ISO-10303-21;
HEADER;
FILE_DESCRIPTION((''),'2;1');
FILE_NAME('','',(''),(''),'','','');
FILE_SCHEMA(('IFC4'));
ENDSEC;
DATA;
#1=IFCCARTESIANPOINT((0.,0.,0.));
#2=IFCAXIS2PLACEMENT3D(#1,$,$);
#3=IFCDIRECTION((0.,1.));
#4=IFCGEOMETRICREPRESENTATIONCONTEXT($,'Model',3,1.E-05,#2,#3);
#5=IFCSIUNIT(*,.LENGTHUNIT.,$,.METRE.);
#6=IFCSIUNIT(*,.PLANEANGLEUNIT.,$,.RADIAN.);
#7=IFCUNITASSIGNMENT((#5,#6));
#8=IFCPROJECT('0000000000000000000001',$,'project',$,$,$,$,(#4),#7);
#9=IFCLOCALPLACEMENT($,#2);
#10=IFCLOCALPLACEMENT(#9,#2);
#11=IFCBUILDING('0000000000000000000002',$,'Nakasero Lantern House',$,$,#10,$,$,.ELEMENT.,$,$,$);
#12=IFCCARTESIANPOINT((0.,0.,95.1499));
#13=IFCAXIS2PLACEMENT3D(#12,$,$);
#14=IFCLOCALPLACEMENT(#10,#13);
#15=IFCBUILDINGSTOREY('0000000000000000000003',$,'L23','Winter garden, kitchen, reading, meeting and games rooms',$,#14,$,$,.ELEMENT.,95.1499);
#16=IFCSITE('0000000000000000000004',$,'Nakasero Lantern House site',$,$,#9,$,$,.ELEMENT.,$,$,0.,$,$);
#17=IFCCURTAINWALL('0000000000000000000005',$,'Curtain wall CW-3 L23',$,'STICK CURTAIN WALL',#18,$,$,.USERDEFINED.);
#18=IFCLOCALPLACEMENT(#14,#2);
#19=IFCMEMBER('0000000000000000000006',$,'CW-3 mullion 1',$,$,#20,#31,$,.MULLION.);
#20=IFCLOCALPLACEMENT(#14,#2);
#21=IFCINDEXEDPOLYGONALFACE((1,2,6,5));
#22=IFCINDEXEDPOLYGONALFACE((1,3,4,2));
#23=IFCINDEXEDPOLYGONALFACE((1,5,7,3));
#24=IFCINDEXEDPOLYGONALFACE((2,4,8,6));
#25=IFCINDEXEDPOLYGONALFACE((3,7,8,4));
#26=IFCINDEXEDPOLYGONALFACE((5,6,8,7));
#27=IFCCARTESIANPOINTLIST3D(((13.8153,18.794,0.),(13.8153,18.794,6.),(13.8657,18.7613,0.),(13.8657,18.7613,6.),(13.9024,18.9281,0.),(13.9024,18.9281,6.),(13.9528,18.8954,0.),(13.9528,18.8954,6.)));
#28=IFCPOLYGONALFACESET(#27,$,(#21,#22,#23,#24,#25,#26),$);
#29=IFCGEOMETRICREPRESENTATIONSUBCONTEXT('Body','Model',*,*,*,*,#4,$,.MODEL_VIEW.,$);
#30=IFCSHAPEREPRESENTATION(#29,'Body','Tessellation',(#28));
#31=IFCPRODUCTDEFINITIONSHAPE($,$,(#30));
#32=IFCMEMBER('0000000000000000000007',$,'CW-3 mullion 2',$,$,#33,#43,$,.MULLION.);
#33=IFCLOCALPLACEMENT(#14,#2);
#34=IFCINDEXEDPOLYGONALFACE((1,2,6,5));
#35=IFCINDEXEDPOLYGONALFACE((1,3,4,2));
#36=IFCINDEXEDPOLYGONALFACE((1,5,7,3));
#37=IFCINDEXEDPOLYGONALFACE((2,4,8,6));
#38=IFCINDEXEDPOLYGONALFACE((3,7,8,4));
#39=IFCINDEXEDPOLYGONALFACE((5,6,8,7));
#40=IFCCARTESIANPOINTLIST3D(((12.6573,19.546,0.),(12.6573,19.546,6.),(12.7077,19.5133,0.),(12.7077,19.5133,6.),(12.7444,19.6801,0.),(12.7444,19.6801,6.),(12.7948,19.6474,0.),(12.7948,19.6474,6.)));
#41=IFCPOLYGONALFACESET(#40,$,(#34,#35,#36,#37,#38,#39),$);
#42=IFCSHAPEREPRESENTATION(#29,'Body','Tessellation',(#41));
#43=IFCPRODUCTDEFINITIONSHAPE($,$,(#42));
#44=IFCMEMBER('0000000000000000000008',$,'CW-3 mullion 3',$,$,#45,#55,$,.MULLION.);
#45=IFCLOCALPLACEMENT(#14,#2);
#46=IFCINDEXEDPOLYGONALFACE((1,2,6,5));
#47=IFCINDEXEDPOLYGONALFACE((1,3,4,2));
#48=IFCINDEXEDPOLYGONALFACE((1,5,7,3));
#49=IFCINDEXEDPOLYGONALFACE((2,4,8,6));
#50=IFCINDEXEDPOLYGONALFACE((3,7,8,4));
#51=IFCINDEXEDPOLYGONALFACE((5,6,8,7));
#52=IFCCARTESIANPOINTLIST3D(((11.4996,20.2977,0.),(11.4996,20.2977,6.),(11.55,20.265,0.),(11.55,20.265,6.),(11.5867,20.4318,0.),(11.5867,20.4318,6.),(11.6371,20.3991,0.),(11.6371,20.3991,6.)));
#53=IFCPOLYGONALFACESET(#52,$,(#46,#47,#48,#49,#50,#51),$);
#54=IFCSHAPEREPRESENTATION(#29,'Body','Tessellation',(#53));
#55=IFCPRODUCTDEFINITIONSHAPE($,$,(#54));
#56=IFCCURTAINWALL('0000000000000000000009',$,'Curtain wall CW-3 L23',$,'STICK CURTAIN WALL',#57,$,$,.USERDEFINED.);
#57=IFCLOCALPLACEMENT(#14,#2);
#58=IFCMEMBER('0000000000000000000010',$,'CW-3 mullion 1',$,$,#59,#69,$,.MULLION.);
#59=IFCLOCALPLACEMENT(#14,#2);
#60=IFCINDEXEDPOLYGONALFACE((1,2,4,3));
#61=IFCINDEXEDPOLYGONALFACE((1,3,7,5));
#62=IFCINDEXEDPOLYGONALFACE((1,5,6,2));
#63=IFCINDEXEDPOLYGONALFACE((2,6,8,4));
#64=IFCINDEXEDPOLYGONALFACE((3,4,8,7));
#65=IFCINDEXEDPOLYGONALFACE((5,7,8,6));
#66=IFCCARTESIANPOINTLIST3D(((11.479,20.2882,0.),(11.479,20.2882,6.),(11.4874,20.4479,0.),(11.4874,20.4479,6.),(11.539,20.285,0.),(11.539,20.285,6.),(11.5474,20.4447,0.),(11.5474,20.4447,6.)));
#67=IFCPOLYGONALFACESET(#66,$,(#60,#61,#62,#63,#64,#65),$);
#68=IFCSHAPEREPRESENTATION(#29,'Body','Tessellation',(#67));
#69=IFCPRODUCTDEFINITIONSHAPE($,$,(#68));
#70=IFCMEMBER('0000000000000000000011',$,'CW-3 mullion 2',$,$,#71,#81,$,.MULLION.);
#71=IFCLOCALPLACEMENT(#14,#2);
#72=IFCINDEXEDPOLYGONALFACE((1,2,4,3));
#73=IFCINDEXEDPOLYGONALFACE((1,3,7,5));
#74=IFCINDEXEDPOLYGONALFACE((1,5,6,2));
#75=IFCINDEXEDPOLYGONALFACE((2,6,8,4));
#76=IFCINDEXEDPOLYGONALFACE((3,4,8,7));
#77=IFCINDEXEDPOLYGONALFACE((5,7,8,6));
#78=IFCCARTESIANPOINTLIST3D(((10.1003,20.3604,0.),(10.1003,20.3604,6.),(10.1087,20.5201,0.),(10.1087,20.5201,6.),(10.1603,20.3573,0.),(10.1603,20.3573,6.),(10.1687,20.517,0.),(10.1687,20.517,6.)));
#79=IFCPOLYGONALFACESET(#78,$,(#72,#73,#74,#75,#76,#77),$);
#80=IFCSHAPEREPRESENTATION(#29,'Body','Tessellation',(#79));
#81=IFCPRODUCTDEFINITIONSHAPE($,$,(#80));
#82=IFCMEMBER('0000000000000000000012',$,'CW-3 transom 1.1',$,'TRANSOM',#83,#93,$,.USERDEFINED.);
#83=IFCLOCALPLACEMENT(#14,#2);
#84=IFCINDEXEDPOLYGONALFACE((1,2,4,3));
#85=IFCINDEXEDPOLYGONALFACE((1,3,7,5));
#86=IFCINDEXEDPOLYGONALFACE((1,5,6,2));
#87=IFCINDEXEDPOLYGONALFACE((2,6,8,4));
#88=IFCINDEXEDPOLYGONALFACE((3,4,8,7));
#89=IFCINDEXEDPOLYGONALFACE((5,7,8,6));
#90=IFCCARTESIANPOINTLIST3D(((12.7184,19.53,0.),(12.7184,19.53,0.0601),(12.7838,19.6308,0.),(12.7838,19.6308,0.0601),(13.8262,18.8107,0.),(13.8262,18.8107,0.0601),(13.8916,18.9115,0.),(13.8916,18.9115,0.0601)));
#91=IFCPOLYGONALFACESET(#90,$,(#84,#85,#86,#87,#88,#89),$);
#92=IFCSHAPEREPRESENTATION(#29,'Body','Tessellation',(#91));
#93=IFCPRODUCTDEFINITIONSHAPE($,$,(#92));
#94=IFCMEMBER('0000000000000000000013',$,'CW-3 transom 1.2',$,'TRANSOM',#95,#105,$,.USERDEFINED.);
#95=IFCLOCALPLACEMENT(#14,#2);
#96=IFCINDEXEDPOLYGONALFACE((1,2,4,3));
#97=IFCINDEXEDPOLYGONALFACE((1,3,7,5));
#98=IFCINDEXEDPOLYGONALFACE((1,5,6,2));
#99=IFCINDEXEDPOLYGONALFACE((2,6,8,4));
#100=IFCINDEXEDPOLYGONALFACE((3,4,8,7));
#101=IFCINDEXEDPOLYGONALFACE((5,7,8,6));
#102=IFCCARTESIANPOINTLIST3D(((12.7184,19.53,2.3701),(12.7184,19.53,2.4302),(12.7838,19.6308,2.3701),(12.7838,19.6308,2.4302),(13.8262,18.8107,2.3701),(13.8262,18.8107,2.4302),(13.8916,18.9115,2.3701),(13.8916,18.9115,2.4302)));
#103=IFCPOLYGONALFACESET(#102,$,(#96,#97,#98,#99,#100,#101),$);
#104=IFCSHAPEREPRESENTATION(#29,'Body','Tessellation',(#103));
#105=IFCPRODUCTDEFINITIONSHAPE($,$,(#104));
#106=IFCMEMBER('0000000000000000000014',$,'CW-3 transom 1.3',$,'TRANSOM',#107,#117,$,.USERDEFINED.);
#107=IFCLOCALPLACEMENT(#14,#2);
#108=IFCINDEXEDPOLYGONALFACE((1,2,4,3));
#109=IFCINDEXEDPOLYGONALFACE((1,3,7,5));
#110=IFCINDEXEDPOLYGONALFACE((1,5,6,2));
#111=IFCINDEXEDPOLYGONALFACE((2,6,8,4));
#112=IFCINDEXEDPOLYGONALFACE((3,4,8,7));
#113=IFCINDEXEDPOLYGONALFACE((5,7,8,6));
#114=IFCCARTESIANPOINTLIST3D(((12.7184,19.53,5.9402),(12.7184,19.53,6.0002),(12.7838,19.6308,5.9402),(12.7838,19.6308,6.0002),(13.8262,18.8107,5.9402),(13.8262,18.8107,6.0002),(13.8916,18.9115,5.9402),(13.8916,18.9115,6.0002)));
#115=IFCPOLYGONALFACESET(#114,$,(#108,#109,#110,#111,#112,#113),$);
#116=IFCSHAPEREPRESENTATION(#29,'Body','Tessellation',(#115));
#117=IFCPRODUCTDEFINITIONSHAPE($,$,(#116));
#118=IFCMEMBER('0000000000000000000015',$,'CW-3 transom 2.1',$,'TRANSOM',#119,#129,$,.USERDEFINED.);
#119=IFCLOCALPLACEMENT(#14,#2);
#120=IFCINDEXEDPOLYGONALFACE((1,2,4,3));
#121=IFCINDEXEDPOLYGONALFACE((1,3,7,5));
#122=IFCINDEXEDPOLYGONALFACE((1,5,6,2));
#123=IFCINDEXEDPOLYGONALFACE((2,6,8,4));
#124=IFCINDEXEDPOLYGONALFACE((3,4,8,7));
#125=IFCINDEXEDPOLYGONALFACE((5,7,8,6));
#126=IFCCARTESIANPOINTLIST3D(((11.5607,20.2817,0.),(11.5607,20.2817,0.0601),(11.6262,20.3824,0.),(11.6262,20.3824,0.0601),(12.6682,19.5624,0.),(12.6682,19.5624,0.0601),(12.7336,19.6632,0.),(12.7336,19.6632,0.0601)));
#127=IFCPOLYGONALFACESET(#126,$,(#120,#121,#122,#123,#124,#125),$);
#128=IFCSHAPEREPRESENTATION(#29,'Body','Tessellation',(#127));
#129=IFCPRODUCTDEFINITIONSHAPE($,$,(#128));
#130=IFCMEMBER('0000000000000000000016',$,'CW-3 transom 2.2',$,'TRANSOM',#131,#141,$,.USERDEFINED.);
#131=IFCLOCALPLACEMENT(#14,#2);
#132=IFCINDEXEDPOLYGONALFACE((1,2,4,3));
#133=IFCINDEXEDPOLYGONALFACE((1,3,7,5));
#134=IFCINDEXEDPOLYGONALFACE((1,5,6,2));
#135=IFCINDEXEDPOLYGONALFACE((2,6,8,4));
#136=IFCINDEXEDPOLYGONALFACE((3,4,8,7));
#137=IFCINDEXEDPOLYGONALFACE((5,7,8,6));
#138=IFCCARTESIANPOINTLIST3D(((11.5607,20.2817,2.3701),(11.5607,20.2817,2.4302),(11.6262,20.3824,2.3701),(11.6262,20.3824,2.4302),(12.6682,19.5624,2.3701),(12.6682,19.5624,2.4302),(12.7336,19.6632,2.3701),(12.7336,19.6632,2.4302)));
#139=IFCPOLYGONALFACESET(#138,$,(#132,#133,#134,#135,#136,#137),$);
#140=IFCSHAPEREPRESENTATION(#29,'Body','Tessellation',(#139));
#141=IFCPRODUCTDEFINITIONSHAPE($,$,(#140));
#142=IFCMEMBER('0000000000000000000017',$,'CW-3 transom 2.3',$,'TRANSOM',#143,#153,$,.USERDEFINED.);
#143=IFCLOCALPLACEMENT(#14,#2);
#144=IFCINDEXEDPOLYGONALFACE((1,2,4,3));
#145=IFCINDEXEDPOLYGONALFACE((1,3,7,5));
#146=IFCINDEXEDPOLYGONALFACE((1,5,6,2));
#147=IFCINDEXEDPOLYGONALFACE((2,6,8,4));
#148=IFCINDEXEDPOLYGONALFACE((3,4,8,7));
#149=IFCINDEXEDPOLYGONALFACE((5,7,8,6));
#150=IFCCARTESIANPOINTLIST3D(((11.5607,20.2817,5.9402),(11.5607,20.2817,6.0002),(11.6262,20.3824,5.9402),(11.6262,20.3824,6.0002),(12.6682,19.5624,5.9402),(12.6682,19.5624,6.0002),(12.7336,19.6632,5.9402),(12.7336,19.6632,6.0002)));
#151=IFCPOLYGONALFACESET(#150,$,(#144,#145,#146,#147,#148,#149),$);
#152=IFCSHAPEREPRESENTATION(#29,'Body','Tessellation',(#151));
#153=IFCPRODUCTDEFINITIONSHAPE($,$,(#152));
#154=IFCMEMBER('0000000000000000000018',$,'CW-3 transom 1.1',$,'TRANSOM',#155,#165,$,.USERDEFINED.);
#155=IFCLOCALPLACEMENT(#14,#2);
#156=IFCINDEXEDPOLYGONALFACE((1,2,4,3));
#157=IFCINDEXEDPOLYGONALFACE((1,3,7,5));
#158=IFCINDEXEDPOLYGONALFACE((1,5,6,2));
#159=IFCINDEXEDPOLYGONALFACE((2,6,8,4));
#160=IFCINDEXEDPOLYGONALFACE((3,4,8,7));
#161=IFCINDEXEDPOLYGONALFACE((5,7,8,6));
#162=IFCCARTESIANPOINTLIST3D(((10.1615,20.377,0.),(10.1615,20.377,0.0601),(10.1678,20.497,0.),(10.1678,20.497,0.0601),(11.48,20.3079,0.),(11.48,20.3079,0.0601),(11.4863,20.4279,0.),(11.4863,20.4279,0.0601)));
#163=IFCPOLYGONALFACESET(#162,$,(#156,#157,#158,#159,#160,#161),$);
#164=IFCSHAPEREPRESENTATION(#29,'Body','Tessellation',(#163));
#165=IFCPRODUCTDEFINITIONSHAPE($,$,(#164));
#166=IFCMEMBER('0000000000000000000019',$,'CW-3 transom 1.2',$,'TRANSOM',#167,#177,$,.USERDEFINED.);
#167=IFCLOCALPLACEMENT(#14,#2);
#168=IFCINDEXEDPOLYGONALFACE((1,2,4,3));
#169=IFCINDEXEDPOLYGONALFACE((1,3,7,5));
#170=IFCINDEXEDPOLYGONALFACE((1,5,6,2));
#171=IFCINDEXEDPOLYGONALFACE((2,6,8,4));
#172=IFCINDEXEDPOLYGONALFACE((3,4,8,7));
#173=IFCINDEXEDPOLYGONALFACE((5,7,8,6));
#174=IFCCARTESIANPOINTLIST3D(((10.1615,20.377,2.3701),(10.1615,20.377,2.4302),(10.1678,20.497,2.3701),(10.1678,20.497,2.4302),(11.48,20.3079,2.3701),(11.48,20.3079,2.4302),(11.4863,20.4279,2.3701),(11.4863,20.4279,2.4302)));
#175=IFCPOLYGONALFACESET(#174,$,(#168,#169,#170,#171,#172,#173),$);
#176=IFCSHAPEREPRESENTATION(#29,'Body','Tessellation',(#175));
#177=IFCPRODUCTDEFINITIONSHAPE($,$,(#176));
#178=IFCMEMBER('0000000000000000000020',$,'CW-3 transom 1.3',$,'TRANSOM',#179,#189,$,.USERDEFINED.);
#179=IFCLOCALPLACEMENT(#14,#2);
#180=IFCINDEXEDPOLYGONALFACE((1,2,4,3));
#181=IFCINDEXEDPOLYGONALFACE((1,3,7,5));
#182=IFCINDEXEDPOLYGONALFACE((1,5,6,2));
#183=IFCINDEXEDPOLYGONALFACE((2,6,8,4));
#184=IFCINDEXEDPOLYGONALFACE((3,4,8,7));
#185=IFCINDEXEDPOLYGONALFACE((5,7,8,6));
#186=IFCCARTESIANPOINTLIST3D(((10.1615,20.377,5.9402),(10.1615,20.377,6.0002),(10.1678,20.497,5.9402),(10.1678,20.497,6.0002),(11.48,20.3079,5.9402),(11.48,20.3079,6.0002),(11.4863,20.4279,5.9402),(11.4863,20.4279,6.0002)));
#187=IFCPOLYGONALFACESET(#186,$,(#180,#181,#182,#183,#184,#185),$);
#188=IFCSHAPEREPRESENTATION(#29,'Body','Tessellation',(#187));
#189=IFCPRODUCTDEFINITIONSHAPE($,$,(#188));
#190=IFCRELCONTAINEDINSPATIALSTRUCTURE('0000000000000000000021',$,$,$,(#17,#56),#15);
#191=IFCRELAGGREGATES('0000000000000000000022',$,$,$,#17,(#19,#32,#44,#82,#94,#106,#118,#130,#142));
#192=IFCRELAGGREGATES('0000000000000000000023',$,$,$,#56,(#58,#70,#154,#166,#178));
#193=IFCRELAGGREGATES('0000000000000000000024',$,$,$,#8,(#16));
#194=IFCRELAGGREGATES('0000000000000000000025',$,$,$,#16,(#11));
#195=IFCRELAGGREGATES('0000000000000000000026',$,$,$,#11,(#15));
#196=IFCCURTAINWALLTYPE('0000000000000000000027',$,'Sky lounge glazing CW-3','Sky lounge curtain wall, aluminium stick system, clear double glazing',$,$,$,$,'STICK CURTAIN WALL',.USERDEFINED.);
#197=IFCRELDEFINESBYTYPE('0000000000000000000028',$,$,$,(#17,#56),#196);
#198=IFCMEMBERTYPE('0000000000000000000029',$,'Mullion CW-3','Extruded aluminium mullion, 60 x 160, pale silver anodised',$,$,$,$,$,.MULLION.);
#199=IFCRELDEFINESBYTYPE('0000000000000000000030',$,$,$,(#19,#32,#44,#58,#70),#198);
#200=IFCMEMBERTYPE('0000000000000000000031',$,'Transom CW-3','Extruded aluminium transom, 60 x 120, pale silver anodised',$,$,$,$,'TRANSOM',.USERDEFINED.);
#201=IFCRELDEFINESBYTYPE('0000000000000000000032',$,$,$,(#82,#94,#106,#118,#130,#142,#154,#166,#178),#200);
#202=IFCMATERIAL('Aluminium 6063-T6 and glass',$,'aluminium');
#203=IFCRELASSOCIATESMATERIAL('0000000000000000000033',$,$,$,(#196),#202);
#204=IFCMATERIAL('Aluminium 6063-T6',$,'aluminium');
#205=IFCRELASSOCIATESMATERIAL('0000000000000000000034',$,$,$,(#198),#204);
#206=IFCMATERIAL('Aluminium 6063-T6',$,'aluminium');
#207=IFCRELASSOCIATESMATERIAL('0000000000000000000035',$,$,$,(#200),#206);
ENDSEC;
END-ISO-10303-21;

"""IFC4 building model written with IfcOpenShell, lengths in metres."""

from ifc_helpers import new_model, si_unit, direction, frame, origin, origin_2d, place, context, subcontext, project, spatial, rectangle, extrude, material, material_profile, profile_set, type_object, element, aggregate, save


model = new_model("IFC4")

# Units and contexts
model_context = context("Model", 3, precision=1e-05, world=origin(), true_north=direction((0.0, 1.0)))
body_context = subcontext(model_context, "Body", "Model", "MODEL_VIEW")
ifc_project = project(units=[si_unit("LENGTHUNIT", "METRE"), si_unit("PLANEANGLEUNIT", "RADIAN")], contexts=[model_context])

# Site, building, storey
site_placement = place(None, origin())
site = spatial("IfcSite", under=ifc_project, at=site_placement, Name="Nakasero Lantern House site", CompositionType="ELEMENT", RefElevation=0.0)
building_placement = place(site_placement, origin())
building = spatial("IfcBuilding", under=site, at=building_placement, Name="Nakasero Lantern House", CompositionType="ELEMENT")
storey_placement = place(building_placement, frame((0.0, 0.0, 95.1499)))
storey = spatial("IfcBuildingStorey", under=building, at=storey_placement, Name="L23", Description="Winter garden, kitchen, reading, meeting and games rooms", CompositionType="ELEMENT", Elevation=95.1499)

# Curtain walls, members
ifc_material_1 = material(Name="Aluminium 6063-T6 and glass", Category="aluminium")
curtain_wall_type = type_object("IfcCurtainWallType", Name="Sky lounge glazing CW-3", Description="Sky lounge curtain wall, aluminium stick system, clear double glazing", ElementType="STICK CURTAIN WALL", PredefinedType="USERDEFINED", material=ifc_material_1)
curtain_wall_1_placement = place(storey_placement, origin())
curtain_wall_1 = element("IfcCurtainWall", 1, at=curtain_wall_1_placement, inside=storey, type_object=curtain_wall_type, Name="Curtain wall CW-3 L23", ObjectType="STICK CURTAIN WALL", PredefinedType="USERDEFINED")
ifc_material_2 = material(Name="Aluminium 6063-T6", Category="aluminium")
ifc_material_profile_1 = material_profile(ifc_material_2, rectangle(XDim=0.0601, YDim=0.1599, at=origin_2d()), Name="CW-3 mullion 60x160")
ifc_profile_set_1 = profile_set([ifc_material_profile_1], Name="Aluminium 6063-T6")
member_type_1 = type_object("IfcMemberType", Name="Mullion CW-3", Description="Extruded aluminium mullion, 60 x 160, pale silver anodised", PredefinedType="MULLION", material=ifc_profile_set_1)
member_1_placement = place(storey_placement, frame((13.884, 18.8447, 0.0), z_axis=(0.0, 0.0, 1.0), x_axis=(-0.838671, 0.544639, 0.0)))
member_1 = element("IfcMember", 2, at=member_1_placement, type_object=member_type_1, Name="CW-3 mullion 1", PredefinedType="MULLION", context=body_context, shape_type="SweptSolid", body=[
    extrude(rectangle(XDim=0.0601, YDim=0.1599, at=origin_2d()), origin(), (0.0, 0.0, 1.0), 6.0),
])
member_2_placement = place(storey_placement, frame((12.7261, 19.5967, 0.0), z_axis=(0.0, 0.0, 1.0), x_axis=(-0.838671, 0.544639, 0.0)))
member_2 = element("IfcMember", 3, at=member_2_placement, type_object=member_type_1, Name="CW-3 mullion 2", PredefinedType="MULLION", context=body_context, shape_type="SweptSolid", body=[
    extrude(rectangle(XDim=0.0601, YDim=0.1599, at=origin_2d()), origin(), (0.0, 0.0, 1.0), 6.0),
])
member_3_placement = place(storey_placement, frame((11.5684, 20.3484, 0.0), z_axis=(0.0, 0.0, 1.0), x_axis=(-0.838671, 0.544639, 0.0)))
member_3 = element("IfcMember", 4, at=member_3_placement, type_object=member_type_1, Name="CW-3 mullion 3", PredefinedType="MULLION", context=body_context, shape_type="SweptSolid", body=[
    extrude(rectangle(XDim=0.0601, YDim=0.1599, at=origin_2d()), origin(), (0.0, 0.0, 1.0), 6.0),
])
curtain_wall_2_placement = place(storey_placement, origin())
curtain_wall_2 = element("IfcCurtainWall", 5, at=curtain_wall_2_placement, inside=storey, type_object=curtain_wall_type, Name="Curtain wall CW-3 L23", ObjectType="STICK CURTAIN WALL", PredefinedType="USERDEFINED")
member_4_placement = place(storey_placement, frame((11.5132, 20.3665, 0.0), z_axis=(0.0, 0.0, 1.0), x_axis=(-0.99863, 0.052336, 0.0)))
member_4 = element("IfcMember", 6, at=member_4_placement, type_object=member_type_1, Name="CW-3 mullion 1", PredefinedType="MULLION", context=body_context, shape_type="SweptSolid", body=[
    extrude(rectangle(XDim=0.0601, YDim=0.1599, at=origin_2d()), origin(), (0.0, 0.0, 1.0), 6.0),
])
member_5_placement = place(storey_placement, frame((10.1345, 20.4387, 0.0), z_axis=(0.0, 0.0, 1.0), x_axis=(-0.99863, 0.052336, 0.0)))
member_5 = element("IfcMember", 7, at=member_5_placement, type_object=member_type_1, Name="CW-3 mullion 2", PredefinedType="MULLION", context=body_context, shape_type="SweptSolid", body=[
    extrude(rectangle(XDim=0.0601, YDim=0.1599, at=origin_2d()), origin(), (0.0, 0.0, 1.0), 6.0),
])

# Members
ifc_material_3 = material(Name="Aluminium 6063-T6", Category="aluminium")
ifc_material_profile_2 = material_profile(ifc_material_3, rectangle(XDim=0.0601, YDim=0.1201, at=origin_2d()), Name="CW-3 transom 60x120")
ifc_profile_set_2 = profile_set([ifc_material_profile_2], Name="Aluminium 6063-T6")
member_type_2 = type_object("IfcMemberType", Name="Transom CW-3", Description="Extruded aluminium transom, 60 x 120, pale silver anodised", ElementType="TRANSOM", PredefinedType="USERDEFINED", material=ifc_profile_set_2)
member_6_placement = place(storey_placement, frame((13.8589, 18.8611, 0.03), z_axis=(-0.838701, 0.544592, 0.0), x_axis=(0.0, 0.0, 1.0)))
member_6 = element("IfcMember", 8, at=member_6_placement, type_object=member_type_2, Name="CW-3 transom 1.1", ObjectType="TRANSOM", PredefinedType="USERDEFINED", context=body_context, shape_type="SweptSolid", body=[
    extrude(rectangle(XDim=0.0601, YDim=0.1201, at=origin_2d()), origin(), (0.0, 0.0, 1.0), 1.3208),
])
member_7_placement = place(storey_placement, frame((13.8589, 18.8611, 2.4001), z_axis=(-0.838701, 0.544592, 0.0), x_axis=(0.0, 0.0, 1.0)))
member_7 = element("IfcMember", 9, at=member_7_placement, type_object=member_type_2, Name="CW-3 transom 1.2", ObjectType="TRANSOM", PredefinedType="USERDEFINED", context=body_context, shape_type="SweptSolid", body=[
    extrude(rectangle(XDim=0.0601, YDim=0.1201, at=origin_2d()), origin(), (0.0, 0.0, 1.0), 1.3208),
])
member_8_placement = place(storey_placement, frame((13.8589, 18.8611, 5.9702), z_axis=(-0.838701, 0.544592, 0.0), x_axis=(0.0, 0.0, 1.0)))
member_8 = element("IfcMember", 10, at=member_8_placement, type_object=member_type_2, Name="CW-3 transom 1.3", ObjectType="TRANSOM", PredefinedType="USERDEFINED", context=body_context, shape_type="SweptSolid", body=[
    extrude(rectangle(XDim=0.0601, YDim=0.1201, at=origin_2d()), origin(), (0.0, 0.0, 1.0), 1.3208),
])
member_9_placement = place(storey_placement, frame((12.7009, 19.6128, 0.03), z_axis=(-0.838646, 0.544676, 0.0), x_axis=(0.0, 0.0, 1.0)))
member_9 = element("IfcMember", 11, at=member_9_placement, type_object=member_type_2, Name="CW-3 transom 2.1", ObjectType="TRANSOM", PredefinedType="USERDEFINED", context=body_context, shape_type="SweptSolid", body=[
    extrude(rectangle(XDim=0.0601, YDim=0.1201, at=origin_2d()), origin(), (0.0, 0.0, 1.0), 1.3206),
])
member_10_placement = place(storey_placement, frame((12.7009, 19.6128, 2.4001), z_axis=(-0.838646, 0.544676, 0.0), x_axis=(0.0, 0.0, 1.0)))
member_10 = element("IfcMember", 12, at=member_10_placement, type_object=member_type_2, Name="CW-3 transom 2.2", ObjectType="TRANSOM", PredefinedType="USERDEFINED", context=body_context, shape_type="SweptSolid", body=[
    extrude(rectangle(XDim=0.0601, YDim=0.1201, at=origin_2d()), origin(), (0.0, 0.0, 1.0), 1.3206),
])
member_11_placement = place(storey_placement, frame((12.7009, 19.6128, 5.9702), z_axis=(-0.838646, 0.544676, 0.0), x_axis=(0.0, 0.0, 1.0)))
member_11 = element("IfcMember", 13, at=member_11_placement, type_object=member_type_2, Name="CW-3 transom 2.3", ObjectType="TRANSOM", PredefinedType="USERDEFINED", context=body_context, shape_type="SweptSolid", body=[
    extrude(rectangle(XDim=0.0601, YDim=0.1201, at=origin_2d()), origin(), (0.0, 0.0, 1.0), 1.3206),
])
member_12_placement = place(storey_placement, frame((11.4832, 20.3679, 0.03), z_axis=(-0.99863, 0.052326, 0.0), x_axis=(0.0, 0.0, 1.0)))
member_12 = element("IfcMember", 14, at=member_12_placement, type_object=member_type_2, Name="CW-3 transom 1.1", ObjectType="TRANSOM", PredefinedType="USERDEFINED", context=body_context, shape_type="SweptSolid", body=[
    extrude(rectangle(XDim=0.0601, YDim=0.1201, at=origin_2d()), origin(), (0.0, 0.0, 1.0), 1.3203),
])
member_13_placement = place(storey_placement, frame((11.4832, 20.3679, 2.4001), z_axis=(-0.99863, 0.052326, 0.0), x_axis=(0.0, 0.0, 1.0)))
member_13 = element("IfcMember", 15, at=member_13_placement, type_object=member_type_2, Name="CW-3 transom 1.2", ObjectType="TRANSOM", PredefinedType="USERDEFINED", context=body_context, shape_type="SweptSolid", body=[
    extrude(rectangle(XDim=0.0601, YDim=0.1201, at=origin_2d()), origin(), (0.0, 0.0, 1.0), 1.3203),
])
member_14_placement = place(storey_placement, frame((11.4832, 20.3679, 5.9702), z_axis=(-0.99863, 0.052326, 0.0), x_axis=(0.0, 0.0, 1.0)))
member_14 = element("IfcMember", 16, at=member_14_placement, type_object=member_type_2, Name="CW-3 transom 1.3", ObjectType="TRANSOM", PredefinedType="USERDEFINED", context=body_context, shape_type="SweptSolid", body=[
    extrude(rectangle(XDim=0.0601, YDim=0.1201, at=origin_2d()), origin(), (0.0, 0.0, 1.0), 1.3203),
])

aggregate(curtain_wall_1, [member_1, member_2, member_3, member_6, member_7, member_8, member_9, member_10, member_11])
aggregate(curtain_wall_2, [member_4, member_5, member_12, member_13, member_14])

save(model, "model.ifc")
